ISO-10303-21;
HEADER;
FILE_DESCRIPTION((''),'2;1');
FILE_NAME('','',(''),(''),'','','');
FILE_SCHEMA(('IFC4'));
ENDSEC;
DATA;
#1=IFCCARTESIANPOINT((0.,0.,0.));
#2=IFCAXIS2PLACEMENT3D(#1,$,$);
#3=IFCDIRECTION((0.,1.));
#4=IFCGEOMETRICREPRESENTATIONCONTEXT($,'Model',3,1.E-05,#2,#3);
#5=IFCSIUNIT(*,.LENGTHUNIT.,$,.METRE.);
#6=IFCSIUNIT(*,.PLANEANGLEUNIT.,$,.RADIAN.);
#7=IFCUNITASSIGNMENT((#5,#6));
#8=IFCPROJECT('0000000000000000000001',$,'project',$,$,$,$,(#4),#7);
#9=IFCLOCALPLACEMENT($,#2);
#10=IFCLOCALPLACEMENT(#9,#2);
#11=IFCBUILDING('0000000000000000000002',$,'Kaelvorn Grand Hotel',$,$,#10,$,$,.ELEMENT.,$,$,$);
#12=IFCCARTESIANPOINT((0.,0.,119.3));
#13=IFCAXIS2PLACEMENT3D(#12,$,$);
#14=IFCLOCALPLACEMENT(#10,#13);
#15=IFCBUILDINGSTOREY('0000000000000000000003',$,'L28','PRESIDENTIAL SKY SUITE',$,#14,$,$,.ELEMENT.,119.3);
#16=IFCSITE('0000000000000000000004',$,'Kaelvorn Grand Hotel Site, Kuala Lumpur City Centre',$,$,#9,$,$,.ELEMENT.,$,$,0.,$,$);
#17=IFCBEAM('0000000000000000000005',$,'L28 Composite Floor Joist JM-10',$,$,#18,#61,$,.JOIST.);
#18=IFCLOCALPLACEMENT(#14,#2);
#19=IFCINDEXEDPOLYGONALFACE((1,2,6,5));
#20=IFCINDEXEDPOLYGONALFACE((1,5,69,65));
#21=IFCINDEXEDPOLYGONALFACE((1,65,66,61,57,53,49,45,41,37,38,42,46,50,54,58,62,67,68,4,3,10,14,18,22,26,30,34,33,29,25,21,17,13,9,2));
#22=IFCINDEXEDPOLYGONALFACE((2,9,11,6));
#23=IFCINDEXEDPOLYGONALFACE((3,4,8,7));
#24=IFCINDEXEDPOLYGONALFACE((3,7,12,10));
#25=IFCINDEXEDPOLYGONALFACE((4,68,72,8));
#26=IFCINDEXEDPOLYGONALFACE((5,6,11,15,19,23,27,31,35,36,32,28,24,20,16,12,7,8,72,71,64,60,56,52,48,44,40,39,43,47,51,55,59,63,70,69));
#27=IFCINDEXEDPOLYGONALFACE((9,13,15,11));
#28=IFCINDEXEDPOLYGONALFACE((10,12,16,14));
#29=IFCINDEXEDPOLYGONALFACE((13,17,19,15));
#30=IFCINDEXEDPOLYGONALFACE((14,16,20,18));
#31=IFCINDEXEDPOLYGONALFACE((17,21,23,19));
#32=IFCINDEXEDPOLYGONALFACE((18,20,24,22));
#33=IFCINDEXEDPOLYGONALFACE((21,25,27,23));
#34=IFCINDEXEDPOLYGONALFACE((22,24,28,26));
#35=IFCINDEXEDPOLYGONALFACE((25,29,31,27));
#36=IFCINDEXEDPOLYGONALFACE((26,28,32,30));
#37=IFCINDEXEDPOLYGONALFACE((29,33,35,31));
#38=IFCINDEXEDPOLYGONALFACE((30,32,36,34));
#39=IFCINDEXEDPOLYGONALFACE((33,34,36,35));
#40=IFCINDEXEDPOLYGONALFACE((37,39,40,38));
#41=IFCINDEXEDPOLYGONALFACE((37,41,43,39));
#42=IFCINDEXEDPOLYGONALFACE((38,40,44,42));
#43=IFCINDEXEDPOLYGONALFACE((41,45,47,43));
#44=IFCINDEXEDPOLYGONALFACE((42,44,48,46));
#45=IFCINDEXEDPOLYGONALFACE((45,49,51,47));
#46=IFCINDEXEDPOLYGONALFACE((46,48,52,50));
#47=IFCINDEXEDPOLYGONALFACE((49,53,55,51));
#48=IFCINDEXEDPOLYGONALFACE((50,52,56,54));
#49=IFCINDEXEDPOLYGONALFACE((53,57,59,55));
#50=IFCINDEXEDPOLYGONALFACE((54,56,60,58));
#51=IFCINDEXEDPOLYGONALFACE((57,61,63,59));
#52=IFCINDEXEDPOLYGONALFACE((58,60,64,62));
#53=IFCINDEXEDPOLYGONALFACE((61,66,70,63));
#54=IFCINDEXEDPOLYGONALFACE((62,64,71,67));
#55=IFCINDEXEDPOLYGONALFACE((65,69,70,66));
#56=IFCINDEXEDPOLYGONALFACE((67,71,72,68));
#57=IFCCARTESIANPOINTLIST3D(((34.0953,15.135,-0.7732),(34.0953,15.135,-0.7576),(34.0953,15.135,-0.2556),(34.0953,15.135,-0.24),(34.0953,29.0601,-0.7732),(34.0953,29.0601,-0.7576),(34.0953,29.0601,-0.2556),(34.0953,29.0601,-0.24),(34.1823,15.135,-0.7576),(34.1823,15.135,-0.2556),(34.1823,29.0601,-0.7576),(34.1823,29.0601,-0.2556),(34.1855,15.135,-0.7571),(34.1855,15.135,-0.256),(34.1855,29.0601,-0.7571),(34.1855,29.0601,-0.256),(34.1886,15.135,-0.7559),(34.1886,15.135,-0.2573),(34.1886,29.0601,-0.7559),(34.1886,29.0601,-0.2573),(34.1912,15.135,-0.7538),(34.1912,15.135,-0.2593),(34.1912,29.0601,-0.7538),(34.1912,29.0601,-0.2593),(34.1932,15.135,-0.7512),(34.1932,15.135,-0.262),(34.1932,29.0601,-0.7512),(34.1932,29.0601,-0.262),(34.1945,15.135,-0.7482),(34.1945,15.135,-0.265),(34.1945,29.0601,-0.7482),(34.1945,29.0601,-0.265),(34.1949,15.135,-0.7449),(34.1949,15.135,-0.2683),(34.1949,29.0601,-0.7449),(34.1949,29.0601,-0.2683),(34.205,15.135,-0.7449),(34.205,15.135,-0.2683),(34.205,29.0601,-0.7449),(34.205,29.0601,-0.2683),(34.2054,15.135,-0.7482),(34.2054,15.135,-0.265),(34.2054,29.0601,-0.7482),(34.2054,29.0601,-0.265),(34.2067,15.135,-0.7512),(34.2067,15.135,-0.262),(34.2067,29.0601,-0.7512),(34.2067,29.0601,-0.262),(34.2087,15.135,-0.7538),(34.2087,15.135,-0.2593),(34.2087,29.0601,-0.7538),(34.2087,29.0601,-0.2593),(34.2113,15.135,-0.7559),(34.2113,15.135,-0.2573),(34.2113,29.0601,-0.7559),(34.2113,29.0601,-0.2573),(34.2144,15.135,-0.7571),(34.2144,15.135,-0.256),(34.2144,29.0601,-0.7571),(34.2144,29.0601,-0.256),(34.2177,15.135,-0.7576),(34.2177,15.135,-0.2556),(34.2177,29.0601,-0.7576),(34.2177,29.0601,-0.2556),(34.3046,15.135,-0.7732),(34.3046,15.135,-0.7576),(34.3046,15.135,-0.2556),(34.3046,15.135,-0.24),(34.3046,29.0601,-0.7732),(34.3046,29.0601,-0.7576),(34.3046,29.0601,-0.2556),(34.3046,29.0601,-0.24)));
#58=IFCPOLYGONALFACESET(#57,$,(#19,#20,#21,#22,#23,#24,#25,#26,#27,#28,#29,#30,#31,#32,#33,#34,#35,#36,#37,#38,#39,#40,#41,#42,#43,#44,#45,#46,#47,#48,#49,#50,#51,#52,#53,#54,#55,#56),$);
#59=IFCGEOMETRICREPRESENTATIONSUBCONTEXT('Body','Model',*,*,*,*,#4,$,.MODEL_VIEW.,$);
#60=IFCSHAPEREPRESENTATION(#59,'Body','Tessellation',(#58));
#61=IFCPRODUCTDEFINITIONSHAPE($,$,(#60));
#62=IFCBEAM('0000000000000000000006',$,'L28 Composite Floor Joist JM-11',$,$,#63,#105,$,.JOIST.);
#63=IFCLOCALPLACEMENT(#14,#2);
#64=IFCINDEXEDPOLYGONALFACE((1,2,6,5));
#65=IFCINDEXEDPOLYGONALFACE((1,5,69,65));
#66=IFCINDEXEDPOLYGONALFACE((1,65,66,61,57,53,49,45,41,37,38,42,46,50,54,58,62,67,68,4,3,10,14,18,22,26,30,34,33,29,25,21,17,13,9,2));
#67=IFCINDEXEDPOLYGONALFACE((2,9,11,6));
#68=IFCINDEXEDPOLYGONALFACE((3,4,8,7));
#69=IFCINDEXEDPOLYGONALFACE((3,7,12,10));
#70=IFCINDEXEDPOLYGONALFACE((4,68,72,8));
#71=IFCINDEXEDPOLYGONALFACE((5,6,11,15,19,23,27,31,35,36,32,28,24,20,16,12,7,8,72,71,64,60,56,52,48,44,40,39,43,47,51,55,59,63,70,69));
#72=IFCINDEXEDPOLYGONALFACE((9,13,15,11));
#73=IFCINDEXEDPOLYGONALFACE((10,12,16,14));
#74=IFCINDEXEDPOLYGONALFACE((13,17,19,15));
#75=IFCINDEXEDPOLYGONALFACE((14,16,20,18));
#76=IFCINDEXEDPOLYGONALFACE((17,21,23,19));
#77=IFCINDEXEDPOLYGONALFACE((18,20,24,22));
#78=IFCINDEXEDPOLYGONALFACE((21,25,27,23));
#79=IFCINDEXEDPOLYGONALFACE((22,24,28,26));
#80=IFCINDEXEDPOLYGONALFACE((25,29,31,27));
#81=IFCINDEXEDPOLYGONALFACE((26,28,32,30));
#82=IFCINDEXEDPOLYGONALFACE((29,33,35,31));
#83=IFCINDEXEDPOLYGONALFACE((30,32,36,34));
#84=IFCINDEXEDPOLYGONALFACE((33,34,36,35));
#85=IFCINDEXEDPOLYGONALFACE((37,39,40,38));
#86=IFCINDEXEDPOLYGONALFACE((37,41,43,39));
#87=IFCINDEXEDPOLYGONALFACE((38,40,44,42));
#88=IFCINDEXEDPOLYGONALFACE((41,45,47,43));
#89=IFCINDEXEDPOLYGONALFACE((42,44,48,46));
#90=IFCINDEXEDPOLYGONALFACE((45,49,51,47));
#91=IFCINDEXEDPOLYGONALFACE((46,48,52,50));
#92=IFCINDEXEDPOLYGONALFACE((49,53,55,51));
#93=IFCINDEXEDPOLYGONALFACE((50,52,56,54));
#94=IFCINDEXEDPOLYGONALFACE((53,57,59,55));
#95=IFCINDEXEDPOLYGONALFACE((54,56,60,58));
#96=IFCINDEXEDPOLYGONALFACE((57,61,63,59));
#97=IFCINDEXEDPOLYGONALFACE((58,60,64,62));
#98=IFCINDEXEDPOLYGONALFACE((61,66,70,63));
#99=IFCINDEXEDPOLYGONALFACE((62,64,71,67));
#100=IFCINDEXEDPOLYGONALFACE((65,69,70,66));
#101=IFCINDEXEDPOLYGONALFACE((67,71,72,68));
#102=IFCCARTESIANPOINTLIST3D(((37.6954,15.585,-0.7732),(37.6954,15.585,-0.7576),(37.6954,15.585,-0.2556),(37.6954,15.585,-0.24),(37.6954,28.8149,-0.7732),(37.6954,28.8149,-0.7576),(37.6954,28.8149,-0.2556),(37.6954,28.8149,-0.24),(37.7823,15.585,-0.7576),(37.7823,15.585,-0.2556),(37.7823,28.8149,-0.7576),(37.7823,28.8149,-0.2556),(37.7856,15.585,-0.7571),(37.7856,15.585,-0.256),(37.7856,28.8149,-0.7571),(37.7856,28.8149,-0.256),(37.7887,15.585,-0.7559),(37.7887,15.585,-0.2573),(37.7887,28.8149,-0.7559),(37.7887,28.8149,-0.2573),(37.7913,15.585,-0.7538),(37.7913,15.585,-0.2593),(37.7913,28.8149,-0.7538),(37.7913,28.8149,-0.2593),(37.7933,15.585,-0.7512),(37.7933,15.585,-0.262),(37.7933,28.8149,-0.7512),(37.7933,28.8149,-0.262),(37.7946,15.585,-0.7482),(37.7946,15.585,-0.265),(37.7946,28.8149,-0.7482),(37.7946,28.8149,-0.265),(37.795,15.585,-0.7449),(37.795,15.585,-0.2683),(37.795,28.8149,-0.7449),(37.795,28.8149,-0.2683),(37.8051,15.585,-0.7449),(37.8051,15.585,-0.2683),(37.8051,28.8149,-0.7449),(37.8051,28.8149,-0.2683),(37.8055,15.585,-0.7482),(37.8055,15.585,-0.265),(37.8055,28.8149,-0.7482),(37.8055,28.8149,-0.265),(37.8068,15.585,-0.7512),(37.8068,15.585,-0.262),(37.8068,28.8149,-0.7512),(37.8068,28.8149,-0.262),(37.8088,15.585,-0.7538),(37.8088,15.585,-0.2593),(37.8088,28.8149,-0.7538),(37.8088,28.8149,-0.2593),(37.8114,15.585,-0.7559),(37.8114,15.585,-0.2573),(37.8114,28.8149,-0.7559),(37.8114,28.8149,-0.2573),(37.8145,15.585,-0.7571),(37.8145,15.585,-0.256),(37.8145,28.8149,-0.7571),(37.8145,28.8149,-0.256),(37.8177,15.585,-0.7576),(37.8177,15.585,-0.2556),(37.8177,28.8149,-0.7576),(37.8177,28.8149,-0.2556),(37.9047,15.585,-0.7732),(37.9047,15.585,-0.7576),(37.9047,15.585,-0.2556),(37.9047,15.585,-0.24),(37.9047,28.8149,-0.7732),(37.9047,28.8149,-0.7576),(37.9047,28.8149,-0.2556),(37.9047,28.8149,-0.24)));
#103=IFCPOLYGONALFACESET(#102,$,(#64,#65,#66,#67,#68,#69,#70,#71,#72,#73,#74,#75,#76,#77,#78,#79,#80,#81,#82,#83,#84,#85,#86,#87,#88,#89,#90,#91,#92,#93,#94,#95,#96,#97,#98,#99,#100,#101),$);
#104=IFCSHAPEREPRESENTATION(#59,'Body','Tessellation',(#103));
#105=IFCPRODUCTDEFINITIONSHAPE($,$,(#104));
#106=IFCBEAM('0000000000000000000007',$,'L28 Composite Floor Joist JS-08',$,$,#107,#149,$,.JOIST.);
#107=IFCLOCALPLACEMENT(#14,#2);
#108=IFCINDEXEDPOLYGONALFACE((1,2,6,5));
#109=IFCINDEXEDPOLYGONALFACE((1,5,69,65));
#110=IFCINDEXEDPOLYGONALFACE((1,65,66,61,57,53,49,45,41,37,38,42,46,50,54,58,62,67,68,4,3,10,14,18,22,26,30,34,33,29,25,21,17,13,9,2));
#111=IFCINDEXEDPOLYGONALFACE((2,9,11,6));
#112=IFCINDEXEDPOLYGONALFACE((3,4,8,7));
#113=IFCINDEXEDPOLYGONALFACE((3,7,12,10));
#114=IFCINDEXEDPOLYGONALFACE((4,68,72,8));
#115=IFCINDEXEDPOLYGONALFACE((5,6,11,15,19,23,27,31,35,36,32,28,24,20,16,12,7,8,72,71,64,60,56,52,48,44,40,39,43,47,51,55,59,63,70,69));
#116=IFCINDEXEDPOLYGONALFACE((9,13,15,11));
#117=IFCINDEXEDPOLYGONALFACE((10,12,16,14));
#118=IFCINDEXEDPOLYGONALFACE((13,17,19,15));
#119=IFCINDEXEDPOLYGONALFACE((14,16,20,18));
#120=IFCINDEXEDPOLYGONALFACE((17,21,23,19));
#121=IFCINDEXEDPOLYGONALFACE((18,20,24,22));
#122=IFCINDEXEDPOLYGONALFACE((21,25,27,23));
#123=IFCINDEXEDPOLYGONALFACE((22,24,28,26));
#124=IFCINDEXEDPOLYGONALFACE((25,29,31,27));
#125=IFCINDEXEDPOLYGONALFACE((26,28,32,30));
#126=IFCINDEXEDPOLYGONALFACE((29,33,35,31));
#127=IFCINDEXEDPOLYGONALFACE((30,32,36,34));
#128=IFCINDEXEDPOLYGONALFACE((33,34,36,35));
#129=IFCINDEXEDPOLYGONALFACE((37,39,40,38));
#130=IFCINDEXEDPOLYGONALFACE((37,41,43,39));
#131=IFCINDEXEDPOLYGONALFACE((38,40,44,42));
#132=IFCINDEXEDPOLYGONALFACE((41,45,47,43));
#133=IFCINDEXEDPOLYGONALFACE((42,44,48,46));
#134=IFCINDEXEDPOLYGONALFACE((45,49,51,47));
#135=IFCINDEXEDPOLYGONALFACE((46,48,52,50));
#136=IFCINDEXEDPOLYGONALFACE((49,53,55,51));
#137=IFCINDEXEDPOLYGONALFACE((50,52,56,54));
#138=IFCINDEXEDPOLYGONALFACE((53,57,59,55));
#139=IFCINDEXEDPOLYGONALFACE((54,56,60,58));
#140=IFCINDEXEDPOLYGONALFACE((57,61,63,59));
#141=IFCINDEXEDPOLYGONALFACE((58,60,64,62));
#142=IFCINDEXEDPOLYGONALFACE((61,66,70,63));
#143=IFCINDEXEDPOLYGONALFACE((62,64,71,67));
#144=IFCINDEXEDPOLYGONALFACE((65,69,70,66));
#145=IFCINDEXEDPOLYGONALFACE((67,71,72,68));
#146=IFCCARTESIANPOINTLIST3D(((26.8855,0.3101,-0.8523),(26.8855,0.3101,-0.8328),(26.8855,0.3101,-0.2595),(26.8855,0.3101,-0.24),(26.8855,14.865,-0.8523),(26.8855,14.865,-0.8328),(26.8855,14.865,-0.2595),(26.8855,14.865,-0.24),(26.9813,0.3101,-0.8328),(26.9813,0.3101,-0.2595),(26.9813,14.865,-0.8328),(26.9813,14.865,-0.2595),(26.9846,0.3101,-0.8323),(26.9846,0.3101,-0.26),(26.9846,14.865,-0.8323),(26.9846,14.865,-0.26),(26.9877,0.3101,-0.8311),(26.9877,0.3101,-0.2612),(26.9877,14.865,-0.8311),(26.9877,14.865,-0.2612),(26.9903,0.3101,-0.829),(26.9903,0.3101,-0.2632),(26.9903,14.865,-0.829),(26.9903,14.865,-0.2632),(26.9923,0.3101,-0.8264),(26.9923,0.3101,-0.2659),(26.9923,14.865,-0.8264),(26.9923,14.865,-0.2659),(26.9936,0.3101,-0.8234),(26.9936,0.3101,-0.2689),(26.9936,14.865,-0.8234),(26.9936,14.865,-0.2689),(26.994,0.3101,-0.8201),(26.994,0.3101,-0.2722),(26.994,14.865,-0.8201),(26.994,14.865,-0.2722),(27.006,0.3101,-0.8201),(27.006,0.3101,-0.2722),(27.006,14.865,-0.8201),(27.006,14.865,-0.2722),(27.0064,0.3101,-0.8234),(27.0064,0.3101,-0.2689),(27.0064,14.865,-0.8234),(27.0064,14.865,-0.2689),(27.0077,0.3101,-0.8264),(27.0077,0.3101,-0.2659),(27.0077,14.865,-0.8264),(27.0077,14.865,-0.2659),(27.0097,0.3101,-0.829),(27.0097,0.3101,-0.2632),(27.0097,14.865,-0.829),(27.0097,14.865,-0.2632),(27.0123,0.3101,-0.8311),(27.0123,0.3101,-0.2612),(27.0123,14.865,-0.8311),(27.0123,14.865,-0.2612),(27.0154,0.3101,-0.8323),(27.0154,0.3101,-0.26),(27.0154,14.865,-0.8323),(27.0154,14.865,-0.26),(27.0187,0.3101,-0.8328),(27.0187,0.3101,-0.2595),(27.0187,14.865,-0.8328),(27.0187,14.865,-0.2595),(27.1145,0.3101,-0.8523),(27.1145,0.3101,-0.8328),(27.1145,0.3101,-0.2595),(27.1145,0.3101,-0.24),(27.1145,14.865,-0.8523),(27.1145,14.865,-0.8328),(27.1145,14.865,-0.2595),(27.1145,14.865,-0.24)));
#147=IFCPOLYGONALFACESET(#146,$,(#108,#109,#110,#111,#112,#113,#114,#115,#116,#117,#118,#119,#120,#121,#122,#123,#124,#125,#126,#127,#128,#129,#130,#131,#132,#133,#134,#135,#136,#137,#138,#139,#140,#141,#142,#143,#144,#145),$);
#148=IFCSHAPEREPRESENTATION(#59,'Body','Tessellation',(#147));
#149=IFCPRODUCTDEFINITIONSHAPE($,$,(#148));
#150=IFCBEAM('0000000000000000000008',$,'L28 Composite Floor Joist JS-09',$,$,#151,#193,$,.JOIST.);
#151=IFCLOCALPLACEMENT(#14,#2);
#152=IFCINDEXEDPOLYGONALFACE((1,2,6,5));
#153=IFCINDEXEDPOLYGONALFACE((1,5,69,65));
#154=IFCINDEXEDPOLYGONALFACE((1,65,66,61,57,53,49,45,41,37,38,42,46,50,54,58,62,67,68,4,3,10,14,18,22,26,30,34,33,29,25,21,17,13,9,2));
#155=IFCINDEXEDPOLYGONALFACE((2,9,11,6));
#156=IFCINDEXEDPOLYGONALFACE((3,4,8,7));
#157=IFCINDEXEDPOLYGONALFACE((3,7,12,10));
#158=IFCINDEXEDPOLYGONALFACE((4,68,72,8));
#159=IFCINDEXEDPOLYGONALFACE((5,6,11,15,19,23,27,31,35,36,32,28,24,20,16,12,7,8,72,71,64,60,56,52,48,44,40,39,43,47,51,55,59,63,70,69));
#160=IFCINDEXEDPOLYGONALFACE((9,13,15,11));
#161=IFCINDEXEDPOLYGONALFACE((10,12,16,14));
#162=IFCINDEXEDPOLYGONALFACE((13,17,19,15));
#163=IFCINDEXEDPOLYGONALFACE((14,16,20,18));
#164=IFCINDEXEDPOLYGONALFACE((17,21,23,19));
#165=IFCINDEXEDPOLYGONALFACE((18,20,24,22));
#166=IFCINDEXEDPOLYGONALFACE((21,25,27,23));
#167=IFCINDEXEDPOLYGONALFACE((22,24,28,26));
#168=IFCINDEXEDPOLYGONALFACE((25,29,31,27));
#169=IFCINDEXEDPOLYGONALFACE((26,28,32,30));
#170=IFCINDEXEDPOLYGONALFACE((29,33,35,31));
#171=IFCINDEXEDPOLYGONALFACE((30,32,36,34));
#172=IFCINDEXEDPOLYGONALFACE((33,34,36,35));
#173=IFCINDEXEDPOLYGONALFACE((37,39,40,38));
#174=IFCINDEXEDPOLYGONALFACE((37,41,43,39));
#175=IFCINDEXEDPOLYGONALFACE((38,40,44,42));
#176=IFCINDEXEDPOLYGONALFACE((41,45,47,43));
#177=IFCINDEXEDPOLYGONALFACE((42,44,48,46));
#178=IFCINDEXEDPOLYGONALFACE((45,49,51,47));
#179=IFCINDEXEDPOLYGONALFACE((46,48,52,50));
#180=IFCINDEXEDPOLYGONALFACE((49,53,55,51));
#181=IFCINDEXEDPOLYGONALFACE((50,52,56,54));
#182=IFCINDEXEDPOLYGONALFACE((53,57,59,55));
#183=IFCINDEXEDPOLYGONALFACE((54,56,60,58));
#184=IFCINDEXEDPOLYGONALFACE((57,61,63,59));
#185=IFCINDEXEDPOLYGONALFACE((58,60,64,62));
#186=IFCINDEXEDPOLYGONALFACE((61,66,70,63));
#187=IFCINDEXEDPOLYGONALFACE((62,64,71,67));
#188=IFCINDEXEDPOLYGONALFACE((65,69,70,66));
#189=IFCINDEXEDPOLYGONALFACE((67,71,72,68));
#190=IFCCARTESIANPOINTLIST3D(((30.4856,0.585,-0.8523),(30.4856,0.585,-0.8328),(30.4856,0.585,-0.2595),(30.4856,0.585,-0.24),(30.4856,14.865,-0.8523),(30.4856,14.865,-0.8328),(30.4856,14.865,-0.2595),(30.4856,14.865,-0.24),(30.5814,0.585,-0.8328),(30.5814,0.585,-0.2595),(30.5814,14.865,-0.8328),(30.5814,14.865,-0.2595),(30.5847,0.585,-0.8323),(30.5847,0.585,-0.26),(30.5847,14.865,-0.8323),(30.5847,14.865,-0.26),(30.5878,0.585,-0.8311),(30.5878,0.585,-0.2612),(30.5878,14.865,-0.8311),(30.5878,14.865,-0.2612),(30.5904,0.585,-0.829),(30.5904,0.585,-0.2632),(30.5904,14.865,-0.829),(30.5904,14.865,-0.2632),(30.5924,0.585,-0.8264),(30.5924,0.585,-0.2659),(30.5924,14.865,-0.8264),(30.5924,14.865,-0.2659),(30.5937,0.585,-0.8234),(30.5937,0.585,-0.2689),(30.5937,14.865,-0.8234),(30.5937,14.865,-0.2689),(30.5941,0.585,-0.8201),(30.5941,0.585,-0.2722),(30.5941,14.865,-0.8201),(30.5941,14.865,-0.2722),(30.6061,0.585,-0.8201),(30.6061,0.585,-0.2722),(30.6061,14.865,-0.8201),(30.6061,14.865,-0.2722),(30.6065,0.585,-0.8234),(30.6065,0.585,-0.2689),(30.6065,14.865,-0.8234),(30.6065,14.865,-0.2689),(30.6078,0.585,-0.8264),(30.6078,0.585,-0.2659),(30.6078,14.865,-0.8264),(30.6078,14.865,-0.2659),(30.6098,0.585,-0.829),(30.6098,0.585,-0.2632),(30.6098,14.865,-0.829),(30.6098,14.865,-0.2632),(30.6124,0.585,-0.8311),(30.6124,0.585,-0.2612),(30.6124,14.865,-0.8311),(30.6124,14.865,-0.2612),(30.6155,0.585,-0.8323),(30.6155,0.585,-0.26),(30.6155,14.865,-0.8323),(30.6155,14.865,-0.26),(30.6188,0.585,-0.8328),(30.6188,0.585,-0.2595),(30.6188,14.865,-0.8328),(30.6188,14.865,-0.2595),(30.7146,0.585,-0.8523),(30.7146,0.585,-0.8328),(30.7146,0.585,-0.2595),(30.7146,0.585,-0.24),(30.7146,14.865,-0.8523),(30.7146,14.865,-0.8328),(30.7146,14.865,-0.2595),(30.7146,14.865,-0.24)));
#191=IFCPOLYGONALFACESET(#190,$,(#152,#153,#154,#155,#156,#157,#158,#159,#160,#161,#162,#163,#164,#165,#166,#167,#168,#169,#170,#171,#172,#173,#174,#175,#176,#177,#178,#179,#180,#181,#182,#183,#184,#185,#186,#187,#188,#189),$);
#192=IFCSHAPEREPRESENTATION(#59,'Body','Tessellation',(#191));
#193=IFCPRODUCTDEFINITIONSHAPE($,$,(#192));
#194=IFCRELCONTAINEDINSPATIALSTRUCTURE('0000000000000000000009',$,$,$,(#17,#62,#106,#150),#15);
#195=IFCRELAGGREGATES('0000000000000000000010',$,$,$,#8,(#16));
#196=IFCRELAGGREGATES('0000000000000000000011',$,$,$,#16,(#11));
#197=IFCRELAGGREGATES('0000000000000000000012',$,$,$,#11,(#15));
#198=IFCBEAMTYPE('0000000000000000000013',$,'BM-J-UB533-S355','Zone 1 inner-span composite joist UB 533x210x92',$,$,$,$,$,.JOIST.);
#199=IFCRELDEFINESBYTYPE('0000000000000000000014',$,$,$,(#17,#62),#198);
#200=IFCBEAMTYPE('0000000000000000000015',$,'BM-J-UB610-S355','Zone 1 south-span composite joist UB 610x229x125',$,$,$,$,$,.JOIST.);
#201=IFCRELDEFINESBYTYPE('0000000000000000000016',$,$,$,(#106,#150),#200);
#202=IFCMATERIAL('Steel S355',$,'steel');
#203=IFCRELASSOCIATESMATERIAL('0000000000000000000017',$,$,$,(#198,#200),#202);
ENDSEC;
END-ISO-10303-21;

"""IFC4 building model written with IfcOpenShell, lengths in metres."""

from ifc_helpers import new_model, si_unit, direction, frame, origin, origin_2d, place, context, subcontext, project, spatial, i_section, extrude, material, material_profile, profile_set, type_object, element, save


model = new_model("IFC4")

# Units and contexts
model_context = context("Model", 3, precision=1e-05, world=origin(), true_north=direction((0.0, 1.0)))
body_context = subcontext(model_context, "Body", "Model", "MODEL_VIEW")
ifc_project = project(units=[si_unit("LENGTHUNIT", "METRE"), si_unit("PLANEANGLEUNIT", "RADIAN")], contexts=[model_context])

# Site, building, storey
site_placement = place(None, origin())
site = spatial("IfcSite", under=ifc_project, at=site_placement, Name="Kaelvorn Grand Hotel Site, Kuala Lumpur City Centre", CompositionType="ELEMENT", RefElevation=0.0)
building_placement = place(site_placement, origin())
building = spatial("IfcBuilding", under=site, at=building_placement, Name="Kaelvorn Grand Hotel", CompositionType="ELEMENT")
storey_placement = place(building_placement, frame((0.0, 0.0, 119.3)))
storey = spatial("IfcBuildingStorey", under=building, at=storey_placement, Name="L28", Description="PRESIDENTIAL SKY SUITE", CompositionType="ELEMENT", Elevation=119.3)

# Beams
ifc_material_1 = material(Name="Steel S355", Category="steel")
ifc_material_profile_1 = material_profile(ifc_material_1, i_section(OverallWidth=0.2092, OverallDepth=0.5332, WebThickness=0.01, FlangeThickness=0.0156, FilletRadius=0.0127, at=origin_2d()), Name="UB 533x210x92")
ifc_profile_set_1 = profile_set([ifc_material_profile_1], Name="Steel S355")
beam_type_1 = type_object("IfcBeamType", Name="BM-J-UB533-S355", Description="Zone 1 inner-span composite joist UB 533x210x92", PredefinedType="JOIST", material=ifc_profile_set_1)
beam_1_placement = place(storey_placement, frame((34.2, 15.135, -0.5066), z_axis=(0.0, 1.0, 0.0), x_axis=(-1.0, 0.0, 0.0)))
element("IfcBeam", 1, at=beam_1_placement, inside=storey, type_object=beam_type_1, Name="L28 Composite Floor Joist JM-10", PredefinedType="JOIST", context=body_context, shape_type="SweptSolid", body=[
    extrude(i_section(OverallWidth=0.2092, OverallDepth=0.5332, WebThickness=0.01, FlangeThickness=0.0156, FilletRadius=0.0127, at=origin_2d()), origin(), (0.0, 0.0, 1.0), 13.925),
])
beam_2_placement = place(storey_placement, frame((37.8, 15.585, -0.5066), z_axis=(0.0, 1.0, 0.0), x_axis=(-1.0, 0.0, 0.0)))
element("IfcBeam", 2, at=beam_2_placement, inside=storey, type_object=beam_type_1, Name="L28 Composite Floor Joist JM-11", PredefinedType="JOIST", context=body_context, shape_type="SweptSolid", body=[
    extrude(i_section(OverallWidth=0.2092, OverallDepth=0.5332, WebThickness=0.01, FlangeThickness=0.0156, FilletRadius=0.0127, at=origin_2d()), origin(), (0.0, 0.0, 1.0), 13.23),
])
ifc_material_profile_2 = material_profile(ifc_material_1, i_section(OverallWidth=0.229, OverallDepth=0.6123, WebThickness=0.012, FlangeThickness=0.0195, FilletRadius=0.0127, at=origin_2d()), Name="UB 610x229x125")
ifc_profile_set_2 = profile_set([ifc_material_profile_2], Name="Steel S355")
beam_type_2 = type_object("IfcBeamType", Name="BM-J-UB610-S355", Description="Zone 1 south-span composite joist UB 610x229x125", PredefinedType="JOIST", material=ifc_profile_set_2)
beam_3_placement = place(storey_placement, frame((27.0, 0.3101, -0.5461), z_axis=(0.0, 1.0, 0.0), x_axis=(-1.0, 0.0, 0.0)))
element("IfcBeam", 3, at=beam_3_placement, inside=storey, type_object=beam_type_2, Name="L28 Composite Floor Joist JS-08", PredefinedType="JOIST", context=body_context, shape_type="SweptSolid", body=[
    extrude(i_section(OverallWidth=0.229, OverallDepth=0.6123, WebThickness=0.012, FlangeThickness=0.0195, FilletRadius=0.0127, at=origin_2d()), origin(), (0.0, 0.0, 1.0), 14.5549),
])
beam_4_placement = place(storey_placement, frame((30.6001, 0.585, -0.5461), z_axis=(0.0, 1.0, 0.0), x_axis=(-1.0, 0.0, 0.0)))
element("IfcBeam", 4, at=beam_4_placement, inside=storey, type_object=beam_type_2, Name="L28 Composite Floor Joist JS-09", PredefinedType="JOIST", context=body_context, shape_type="SweptSolid", body=[
    extrude(i_section(OverallWidth=0.229, OverallDepth=0.6123, WebThickness=0.012, FlangeThickness=0.0195, FilletRadius=0.0127, at=origin_2d()), origin(), (0.0, 0.0, 1.0), 14.28),
])

save(model, "model.ifc")
